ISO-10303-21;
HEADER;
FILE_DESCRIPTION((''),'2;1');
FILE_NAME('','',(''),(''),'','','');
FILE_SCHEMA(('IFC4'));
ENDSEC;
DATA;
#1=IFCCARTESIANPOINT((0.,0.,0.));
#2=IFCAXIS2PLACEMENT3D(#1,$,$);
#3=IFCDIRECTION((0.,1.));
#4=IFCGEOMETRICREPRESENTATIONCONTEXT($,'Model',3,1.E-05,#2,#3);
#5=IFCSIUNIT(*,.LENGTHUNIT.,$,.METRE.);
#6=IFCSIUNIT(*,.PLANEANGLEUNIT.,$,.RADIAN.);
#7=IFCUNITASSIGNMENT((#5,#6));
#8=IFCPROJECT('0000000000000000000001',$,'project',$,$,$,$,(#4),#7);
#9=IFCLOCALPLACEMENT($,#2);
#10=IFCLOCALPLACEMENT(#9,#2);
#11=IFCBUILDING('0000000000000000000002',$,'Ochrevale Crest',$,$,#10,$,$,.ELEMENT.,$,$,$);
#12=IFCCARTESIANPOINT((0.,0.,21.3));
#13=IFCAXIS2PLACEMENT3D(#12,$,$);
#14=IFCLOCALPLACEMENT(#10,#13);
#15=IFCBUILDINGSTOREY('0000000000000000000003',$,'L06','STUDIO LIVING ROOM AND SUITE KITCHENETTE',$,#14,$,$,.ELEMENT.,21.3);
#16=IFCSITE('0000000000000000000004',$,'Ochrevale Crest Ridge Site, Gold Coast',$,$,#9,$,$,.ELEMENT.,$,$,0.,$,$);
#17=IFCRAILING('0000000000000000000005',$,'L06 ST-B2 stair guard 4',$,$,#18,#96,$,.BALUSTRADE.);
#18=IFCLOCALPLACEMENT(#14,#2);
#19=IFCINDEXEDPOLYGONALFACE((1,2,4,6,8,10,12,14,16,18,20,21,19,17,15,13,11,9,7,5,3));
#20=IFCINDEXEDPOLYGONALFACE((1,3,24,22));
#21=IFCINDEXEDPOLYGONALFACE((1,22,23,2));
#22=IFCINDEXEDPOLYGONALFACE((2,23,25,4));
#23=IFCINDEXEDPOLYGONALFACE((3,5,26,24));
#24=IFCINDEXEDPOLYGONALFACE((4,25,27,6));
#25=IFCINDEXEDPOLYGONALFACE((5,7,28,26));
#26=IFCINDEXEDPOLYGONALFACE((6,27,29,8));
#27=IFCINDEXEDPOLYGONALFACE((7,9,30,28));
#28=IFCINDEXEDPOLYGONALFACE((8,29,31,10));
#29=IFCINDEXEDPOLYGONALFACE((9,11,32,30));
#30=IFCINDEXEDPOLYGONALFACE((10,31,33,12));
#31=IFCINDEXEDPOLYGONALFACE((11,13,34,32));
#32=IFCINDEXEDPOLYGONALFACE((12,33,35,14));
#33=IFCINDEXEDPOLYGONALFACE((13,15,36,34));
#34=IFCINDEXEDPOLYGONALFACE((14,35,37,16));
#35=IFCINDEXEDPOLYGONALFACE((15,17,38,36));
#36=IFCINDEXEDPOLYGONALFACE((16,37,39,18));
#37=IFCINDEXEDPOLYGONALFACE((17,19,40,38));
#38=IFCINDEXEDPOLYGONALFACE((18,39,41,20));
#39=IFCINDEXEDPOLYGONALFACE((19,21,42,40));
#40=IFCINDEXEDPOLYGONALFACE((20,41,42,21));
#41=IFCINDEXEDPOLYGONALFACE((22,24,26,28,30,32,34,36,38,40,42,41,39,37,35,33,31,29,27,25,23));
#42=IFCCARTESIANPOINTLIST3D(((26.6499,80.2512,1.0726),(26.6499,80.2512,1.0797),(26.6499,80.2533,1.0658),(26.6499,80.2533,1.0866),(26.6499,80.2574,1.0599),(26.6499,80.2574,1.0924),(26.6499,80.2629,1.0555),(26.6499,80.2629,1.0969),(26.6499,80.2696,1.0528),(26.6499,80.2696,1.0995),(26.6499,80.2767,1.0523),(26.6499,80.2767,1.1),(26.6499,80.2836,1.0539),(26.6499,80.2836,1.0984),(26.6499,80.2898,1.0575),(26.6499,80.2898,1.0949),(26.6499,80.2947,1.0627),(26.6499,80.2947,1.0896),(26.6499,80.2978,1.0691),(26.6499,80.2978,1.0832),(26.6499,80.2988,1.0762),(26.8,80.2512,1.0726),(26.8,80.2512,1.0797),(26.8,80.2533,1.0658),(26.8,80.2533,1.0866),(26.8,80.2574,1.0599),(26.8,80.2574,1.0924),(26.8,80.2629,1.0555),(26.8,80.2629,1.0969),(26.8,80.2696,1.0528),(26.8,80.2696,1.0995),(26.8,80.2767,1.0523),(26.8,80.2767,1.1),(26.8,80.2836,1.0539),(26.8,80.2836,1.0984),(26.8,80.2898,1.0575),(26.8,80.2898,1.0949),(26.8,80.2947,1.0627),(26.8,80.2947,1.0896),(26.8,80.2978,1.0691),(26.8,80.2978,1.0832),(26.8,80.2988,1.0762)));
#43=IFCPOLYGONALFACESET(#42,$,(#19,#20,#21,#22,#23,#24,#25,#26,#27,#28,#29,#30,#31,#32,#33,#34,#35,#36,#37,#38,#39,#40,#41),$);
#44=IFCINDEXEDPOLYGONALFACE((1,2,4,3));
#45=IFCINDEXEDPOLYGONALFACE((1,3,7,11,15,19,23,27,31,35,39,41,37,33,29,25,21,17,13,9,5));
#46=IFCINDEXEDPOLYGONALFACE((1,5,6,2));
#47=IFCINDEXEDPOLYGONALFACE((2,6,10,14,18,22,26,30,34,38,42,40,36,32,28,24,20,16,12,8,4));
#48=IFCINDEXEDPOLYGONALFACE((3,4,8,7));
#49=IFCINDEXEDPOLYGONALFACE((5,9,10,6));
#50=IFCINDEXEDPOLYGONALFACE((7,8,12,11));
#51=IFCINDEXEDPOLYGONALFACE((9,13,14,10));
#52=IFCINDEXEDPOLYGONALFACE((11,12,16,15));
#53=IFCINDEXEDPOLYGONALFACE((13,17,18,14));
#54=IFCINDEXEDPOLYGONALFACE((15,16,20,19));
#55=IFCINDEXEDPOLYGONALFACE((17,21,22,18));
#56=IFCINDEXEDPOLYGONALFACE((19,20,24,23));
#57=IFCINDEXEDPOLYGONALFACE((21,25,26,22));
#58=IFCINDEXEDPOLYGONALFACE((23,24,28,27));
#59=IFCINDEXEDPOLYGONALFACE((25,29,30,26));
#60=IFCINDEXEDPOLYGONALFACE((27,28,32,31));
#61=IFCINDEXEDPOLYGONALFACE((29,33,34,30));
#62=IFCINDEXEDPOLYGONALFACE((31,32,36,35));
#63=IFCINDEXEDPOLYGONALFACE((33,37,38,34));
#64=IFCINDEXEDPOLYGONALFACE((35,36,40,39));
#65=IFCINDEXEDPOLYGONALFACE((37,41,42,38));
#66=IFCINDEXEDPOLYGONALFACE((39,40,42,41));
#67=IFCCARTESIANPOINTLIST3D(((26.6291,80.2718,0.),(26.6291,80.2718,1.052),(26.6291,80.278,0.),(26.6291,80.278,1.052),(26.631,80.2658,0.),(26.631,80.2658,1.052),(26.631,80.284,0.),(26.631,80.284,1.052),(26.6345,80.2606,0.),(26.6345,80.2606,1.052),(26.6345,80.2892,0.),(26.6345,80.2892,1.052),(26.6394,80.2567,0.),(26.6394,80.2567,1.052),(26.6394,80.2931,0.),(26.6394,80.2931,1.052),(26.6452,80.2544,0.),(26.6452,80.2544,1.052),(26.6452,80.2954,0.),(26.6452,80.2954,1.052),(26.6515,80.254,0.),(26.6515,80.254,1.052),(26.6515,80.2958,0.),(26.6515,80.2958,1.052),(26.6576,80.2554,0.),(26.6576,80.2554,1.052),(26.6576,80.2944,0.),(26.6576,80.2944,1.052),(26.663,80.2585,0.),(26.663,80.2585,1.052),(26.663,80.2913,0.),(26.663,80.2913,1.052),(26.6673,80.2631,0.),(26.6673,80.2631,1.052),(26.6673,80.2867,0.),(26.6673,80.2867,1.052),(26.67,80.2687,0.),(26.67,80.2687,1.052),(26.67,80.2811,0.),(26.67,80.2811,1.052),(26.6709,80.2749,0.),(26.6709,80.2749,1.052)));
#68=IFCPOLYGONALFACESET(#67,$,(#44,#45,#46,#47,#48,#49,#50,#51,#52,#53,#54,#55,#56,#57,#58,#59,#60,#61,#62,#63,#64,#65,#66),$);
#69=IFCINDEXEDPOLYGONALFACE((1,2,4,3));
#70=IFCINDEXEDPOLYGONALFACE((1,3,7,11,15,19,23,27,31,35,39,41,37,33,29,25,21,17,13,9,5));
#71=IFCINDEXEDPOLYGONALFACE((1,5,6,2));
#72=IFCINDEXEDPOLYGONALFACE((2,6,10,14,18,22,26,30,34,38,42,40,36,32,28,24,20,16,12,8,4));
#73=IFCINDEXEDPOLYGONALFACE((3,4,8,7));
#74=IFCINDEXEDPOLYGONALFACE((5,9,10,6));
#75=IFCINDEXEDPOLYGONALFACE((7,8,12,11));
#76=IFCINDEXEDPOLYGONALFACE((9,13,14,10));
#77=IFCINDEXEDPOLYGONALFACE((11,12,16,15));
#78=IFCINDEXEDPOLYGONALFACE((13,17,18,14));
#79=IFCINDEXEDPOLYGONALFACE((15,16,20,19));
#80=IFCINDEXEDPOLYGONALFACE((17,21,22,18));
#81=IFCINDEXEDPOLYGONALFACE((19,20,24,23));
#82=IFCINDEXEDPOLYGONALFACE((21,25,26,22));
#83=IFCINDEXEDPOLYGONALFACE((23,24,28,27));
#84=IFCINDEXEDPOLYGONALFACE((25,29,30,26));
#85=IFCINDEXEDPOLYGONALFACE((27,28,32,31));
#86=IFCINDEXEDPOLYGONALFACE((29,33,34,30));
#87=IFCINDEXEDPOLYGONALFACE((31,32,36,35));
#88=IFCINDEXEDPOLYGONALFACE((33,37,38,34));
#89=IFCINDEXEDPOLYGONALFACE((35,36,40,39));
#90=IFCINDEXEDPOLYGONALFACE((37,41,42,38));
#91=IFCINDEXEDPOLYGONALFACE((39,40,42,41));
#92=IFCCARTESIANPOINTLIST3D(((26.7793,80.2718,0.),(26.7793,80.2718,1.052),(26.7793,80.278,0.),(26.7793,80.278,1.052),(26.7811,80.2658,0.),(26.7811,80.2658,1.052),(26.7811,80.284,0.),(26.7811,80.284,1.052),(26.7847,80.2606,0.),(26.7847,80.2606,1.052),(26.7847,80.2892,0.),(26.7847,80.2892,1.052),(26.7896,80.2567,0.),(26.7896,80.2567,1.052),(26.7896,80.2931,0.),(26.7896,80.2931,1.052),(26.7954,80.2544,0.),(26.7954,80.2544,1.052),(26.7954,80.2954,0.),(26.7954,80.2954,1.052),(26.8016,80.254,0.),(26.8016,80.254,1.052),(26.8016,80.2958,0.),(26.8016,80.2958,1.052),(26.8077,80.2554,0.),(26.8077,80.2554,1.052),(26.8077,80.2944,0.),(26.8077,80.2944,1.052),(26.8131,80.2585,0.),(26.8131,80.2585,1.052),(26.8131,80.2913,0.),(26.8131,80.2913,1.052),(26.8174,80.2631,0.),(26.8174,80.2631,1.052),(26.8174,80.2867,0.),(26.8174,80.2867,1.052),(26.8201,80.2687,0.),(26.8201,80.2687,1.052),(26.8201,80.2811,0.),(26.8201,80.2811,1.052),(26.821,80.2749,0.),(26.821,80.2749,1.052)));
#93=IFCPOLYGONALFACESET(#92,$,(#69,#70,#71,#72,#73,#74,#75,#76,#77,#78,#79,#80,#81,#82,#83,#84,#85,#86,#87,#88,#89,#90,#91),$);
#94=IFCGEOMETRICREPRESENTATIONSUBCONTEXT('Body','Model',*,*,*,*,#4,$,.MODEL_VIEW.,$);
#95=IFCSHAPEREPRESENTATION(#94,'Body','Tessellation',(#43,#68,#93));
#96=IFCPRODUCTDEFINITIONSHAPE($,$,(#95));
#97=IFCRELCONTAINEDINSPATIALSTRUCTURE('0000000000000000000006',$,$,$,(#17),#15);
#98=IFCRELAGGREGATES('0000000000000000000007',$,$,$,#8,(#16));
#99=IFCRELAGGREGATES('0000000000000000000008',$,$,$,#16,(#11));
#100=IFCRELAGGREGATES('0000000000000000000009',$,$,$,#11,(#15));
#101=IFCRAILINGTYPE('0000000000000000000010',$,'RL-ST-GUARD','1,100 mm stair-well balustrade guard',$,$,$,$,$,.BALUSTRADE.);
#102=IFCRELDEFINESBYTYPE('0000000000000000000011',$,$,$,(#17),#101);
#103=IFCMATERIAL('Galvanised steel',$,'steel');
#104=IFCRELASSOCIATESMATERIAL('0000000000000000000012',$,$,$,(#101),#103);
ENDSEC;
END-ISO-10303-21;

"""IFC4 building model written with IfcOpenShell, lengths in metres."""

from ifc_helpers import new_model, si_unit, direction, frame, origin, origin_2d, place, context, subcontext, project, spatial, circle, extrude, material, type_object, element, save


model = new_model("IFC4")

# Units and contexts
model_context = context("Model", 3, precision=1e-05, world=origin(), true_north=direction((0.0, 1.0)))
body_context = subcontext(model_context, "Body", "Model", "MODEL_VIEW")
ifc_project = project(units=[si_unit("LENGTHUNIT", "METRE"), si_unit("PLANEANGLEUNIT", "RADIAN")], contexts=[model_context])

# Site, building, storey
site_placement = place(None, origin())
site = spatial("IfcSite", under=ifc_project, at=site_placement, Name="Ochrevale Crest Ridge Site, Gold Coast", CompositionType="ELEMENT", RefElevation=0.0)
building_placement = place(site_placement, origin())
building = spatial("IfcBuilding", under=site, at=building_placement, Name="Ochrevale Crest", CompositionType="ELEMENT")
storey_placement = place(building_placement, frame((0.0, 0.0, 21.3)))
storey = spatial("IfcBuildingStorey", under=building, at=storey_placement, Name="L06", Description="STUDIO LIVING ROOM AND SUITE KITCHENETTE", CompositionType="ELEMENT", Elevation=21.3)

# Railing
ifc_material_1 = material(Name="Galvanised steel", Category="steel")
railing_type_1 = type_object("IfcRailingType", Name="RL-ST-GUARD", Description="1,100 mm stair-well balustrade guard", PredefinedType="BALUSTRADE", material=ifc_material_1)
railing_1_placement = place(storey_placement, frame((26.6499, 80.2749, 0.0)))
element("IfcRailing", 1, at=railing_1_placement, inside=storey, type_object=railing_type_1, Name="L06 ST-B2 stair guard 4", PredefinedType="BALUSTRADE", context=body_context, shape_type="SweptSolid", body=[
    extrude(circle(Radius=0.0239, at=origin_2d()), frame((0.0, 0.0, 1.0762), z_axis=(1.0, 0.0, 0.0), x_axis=(0.0, 1.0, 0.0)), (0.0, 0.0, 1.0), 0.1501),
    extrude(circle(Radius=0.021, at=origin_2d()), origin(), (0.0, 0.0, 1.0), 1.052),
    extrude(circle(Radius=0.021, at=origin_2d()), frame((0.1501, 0.0, 0.0)), (0.0, 0.0, 1.0), 1.052),
])

save(model, "model.ifc")
